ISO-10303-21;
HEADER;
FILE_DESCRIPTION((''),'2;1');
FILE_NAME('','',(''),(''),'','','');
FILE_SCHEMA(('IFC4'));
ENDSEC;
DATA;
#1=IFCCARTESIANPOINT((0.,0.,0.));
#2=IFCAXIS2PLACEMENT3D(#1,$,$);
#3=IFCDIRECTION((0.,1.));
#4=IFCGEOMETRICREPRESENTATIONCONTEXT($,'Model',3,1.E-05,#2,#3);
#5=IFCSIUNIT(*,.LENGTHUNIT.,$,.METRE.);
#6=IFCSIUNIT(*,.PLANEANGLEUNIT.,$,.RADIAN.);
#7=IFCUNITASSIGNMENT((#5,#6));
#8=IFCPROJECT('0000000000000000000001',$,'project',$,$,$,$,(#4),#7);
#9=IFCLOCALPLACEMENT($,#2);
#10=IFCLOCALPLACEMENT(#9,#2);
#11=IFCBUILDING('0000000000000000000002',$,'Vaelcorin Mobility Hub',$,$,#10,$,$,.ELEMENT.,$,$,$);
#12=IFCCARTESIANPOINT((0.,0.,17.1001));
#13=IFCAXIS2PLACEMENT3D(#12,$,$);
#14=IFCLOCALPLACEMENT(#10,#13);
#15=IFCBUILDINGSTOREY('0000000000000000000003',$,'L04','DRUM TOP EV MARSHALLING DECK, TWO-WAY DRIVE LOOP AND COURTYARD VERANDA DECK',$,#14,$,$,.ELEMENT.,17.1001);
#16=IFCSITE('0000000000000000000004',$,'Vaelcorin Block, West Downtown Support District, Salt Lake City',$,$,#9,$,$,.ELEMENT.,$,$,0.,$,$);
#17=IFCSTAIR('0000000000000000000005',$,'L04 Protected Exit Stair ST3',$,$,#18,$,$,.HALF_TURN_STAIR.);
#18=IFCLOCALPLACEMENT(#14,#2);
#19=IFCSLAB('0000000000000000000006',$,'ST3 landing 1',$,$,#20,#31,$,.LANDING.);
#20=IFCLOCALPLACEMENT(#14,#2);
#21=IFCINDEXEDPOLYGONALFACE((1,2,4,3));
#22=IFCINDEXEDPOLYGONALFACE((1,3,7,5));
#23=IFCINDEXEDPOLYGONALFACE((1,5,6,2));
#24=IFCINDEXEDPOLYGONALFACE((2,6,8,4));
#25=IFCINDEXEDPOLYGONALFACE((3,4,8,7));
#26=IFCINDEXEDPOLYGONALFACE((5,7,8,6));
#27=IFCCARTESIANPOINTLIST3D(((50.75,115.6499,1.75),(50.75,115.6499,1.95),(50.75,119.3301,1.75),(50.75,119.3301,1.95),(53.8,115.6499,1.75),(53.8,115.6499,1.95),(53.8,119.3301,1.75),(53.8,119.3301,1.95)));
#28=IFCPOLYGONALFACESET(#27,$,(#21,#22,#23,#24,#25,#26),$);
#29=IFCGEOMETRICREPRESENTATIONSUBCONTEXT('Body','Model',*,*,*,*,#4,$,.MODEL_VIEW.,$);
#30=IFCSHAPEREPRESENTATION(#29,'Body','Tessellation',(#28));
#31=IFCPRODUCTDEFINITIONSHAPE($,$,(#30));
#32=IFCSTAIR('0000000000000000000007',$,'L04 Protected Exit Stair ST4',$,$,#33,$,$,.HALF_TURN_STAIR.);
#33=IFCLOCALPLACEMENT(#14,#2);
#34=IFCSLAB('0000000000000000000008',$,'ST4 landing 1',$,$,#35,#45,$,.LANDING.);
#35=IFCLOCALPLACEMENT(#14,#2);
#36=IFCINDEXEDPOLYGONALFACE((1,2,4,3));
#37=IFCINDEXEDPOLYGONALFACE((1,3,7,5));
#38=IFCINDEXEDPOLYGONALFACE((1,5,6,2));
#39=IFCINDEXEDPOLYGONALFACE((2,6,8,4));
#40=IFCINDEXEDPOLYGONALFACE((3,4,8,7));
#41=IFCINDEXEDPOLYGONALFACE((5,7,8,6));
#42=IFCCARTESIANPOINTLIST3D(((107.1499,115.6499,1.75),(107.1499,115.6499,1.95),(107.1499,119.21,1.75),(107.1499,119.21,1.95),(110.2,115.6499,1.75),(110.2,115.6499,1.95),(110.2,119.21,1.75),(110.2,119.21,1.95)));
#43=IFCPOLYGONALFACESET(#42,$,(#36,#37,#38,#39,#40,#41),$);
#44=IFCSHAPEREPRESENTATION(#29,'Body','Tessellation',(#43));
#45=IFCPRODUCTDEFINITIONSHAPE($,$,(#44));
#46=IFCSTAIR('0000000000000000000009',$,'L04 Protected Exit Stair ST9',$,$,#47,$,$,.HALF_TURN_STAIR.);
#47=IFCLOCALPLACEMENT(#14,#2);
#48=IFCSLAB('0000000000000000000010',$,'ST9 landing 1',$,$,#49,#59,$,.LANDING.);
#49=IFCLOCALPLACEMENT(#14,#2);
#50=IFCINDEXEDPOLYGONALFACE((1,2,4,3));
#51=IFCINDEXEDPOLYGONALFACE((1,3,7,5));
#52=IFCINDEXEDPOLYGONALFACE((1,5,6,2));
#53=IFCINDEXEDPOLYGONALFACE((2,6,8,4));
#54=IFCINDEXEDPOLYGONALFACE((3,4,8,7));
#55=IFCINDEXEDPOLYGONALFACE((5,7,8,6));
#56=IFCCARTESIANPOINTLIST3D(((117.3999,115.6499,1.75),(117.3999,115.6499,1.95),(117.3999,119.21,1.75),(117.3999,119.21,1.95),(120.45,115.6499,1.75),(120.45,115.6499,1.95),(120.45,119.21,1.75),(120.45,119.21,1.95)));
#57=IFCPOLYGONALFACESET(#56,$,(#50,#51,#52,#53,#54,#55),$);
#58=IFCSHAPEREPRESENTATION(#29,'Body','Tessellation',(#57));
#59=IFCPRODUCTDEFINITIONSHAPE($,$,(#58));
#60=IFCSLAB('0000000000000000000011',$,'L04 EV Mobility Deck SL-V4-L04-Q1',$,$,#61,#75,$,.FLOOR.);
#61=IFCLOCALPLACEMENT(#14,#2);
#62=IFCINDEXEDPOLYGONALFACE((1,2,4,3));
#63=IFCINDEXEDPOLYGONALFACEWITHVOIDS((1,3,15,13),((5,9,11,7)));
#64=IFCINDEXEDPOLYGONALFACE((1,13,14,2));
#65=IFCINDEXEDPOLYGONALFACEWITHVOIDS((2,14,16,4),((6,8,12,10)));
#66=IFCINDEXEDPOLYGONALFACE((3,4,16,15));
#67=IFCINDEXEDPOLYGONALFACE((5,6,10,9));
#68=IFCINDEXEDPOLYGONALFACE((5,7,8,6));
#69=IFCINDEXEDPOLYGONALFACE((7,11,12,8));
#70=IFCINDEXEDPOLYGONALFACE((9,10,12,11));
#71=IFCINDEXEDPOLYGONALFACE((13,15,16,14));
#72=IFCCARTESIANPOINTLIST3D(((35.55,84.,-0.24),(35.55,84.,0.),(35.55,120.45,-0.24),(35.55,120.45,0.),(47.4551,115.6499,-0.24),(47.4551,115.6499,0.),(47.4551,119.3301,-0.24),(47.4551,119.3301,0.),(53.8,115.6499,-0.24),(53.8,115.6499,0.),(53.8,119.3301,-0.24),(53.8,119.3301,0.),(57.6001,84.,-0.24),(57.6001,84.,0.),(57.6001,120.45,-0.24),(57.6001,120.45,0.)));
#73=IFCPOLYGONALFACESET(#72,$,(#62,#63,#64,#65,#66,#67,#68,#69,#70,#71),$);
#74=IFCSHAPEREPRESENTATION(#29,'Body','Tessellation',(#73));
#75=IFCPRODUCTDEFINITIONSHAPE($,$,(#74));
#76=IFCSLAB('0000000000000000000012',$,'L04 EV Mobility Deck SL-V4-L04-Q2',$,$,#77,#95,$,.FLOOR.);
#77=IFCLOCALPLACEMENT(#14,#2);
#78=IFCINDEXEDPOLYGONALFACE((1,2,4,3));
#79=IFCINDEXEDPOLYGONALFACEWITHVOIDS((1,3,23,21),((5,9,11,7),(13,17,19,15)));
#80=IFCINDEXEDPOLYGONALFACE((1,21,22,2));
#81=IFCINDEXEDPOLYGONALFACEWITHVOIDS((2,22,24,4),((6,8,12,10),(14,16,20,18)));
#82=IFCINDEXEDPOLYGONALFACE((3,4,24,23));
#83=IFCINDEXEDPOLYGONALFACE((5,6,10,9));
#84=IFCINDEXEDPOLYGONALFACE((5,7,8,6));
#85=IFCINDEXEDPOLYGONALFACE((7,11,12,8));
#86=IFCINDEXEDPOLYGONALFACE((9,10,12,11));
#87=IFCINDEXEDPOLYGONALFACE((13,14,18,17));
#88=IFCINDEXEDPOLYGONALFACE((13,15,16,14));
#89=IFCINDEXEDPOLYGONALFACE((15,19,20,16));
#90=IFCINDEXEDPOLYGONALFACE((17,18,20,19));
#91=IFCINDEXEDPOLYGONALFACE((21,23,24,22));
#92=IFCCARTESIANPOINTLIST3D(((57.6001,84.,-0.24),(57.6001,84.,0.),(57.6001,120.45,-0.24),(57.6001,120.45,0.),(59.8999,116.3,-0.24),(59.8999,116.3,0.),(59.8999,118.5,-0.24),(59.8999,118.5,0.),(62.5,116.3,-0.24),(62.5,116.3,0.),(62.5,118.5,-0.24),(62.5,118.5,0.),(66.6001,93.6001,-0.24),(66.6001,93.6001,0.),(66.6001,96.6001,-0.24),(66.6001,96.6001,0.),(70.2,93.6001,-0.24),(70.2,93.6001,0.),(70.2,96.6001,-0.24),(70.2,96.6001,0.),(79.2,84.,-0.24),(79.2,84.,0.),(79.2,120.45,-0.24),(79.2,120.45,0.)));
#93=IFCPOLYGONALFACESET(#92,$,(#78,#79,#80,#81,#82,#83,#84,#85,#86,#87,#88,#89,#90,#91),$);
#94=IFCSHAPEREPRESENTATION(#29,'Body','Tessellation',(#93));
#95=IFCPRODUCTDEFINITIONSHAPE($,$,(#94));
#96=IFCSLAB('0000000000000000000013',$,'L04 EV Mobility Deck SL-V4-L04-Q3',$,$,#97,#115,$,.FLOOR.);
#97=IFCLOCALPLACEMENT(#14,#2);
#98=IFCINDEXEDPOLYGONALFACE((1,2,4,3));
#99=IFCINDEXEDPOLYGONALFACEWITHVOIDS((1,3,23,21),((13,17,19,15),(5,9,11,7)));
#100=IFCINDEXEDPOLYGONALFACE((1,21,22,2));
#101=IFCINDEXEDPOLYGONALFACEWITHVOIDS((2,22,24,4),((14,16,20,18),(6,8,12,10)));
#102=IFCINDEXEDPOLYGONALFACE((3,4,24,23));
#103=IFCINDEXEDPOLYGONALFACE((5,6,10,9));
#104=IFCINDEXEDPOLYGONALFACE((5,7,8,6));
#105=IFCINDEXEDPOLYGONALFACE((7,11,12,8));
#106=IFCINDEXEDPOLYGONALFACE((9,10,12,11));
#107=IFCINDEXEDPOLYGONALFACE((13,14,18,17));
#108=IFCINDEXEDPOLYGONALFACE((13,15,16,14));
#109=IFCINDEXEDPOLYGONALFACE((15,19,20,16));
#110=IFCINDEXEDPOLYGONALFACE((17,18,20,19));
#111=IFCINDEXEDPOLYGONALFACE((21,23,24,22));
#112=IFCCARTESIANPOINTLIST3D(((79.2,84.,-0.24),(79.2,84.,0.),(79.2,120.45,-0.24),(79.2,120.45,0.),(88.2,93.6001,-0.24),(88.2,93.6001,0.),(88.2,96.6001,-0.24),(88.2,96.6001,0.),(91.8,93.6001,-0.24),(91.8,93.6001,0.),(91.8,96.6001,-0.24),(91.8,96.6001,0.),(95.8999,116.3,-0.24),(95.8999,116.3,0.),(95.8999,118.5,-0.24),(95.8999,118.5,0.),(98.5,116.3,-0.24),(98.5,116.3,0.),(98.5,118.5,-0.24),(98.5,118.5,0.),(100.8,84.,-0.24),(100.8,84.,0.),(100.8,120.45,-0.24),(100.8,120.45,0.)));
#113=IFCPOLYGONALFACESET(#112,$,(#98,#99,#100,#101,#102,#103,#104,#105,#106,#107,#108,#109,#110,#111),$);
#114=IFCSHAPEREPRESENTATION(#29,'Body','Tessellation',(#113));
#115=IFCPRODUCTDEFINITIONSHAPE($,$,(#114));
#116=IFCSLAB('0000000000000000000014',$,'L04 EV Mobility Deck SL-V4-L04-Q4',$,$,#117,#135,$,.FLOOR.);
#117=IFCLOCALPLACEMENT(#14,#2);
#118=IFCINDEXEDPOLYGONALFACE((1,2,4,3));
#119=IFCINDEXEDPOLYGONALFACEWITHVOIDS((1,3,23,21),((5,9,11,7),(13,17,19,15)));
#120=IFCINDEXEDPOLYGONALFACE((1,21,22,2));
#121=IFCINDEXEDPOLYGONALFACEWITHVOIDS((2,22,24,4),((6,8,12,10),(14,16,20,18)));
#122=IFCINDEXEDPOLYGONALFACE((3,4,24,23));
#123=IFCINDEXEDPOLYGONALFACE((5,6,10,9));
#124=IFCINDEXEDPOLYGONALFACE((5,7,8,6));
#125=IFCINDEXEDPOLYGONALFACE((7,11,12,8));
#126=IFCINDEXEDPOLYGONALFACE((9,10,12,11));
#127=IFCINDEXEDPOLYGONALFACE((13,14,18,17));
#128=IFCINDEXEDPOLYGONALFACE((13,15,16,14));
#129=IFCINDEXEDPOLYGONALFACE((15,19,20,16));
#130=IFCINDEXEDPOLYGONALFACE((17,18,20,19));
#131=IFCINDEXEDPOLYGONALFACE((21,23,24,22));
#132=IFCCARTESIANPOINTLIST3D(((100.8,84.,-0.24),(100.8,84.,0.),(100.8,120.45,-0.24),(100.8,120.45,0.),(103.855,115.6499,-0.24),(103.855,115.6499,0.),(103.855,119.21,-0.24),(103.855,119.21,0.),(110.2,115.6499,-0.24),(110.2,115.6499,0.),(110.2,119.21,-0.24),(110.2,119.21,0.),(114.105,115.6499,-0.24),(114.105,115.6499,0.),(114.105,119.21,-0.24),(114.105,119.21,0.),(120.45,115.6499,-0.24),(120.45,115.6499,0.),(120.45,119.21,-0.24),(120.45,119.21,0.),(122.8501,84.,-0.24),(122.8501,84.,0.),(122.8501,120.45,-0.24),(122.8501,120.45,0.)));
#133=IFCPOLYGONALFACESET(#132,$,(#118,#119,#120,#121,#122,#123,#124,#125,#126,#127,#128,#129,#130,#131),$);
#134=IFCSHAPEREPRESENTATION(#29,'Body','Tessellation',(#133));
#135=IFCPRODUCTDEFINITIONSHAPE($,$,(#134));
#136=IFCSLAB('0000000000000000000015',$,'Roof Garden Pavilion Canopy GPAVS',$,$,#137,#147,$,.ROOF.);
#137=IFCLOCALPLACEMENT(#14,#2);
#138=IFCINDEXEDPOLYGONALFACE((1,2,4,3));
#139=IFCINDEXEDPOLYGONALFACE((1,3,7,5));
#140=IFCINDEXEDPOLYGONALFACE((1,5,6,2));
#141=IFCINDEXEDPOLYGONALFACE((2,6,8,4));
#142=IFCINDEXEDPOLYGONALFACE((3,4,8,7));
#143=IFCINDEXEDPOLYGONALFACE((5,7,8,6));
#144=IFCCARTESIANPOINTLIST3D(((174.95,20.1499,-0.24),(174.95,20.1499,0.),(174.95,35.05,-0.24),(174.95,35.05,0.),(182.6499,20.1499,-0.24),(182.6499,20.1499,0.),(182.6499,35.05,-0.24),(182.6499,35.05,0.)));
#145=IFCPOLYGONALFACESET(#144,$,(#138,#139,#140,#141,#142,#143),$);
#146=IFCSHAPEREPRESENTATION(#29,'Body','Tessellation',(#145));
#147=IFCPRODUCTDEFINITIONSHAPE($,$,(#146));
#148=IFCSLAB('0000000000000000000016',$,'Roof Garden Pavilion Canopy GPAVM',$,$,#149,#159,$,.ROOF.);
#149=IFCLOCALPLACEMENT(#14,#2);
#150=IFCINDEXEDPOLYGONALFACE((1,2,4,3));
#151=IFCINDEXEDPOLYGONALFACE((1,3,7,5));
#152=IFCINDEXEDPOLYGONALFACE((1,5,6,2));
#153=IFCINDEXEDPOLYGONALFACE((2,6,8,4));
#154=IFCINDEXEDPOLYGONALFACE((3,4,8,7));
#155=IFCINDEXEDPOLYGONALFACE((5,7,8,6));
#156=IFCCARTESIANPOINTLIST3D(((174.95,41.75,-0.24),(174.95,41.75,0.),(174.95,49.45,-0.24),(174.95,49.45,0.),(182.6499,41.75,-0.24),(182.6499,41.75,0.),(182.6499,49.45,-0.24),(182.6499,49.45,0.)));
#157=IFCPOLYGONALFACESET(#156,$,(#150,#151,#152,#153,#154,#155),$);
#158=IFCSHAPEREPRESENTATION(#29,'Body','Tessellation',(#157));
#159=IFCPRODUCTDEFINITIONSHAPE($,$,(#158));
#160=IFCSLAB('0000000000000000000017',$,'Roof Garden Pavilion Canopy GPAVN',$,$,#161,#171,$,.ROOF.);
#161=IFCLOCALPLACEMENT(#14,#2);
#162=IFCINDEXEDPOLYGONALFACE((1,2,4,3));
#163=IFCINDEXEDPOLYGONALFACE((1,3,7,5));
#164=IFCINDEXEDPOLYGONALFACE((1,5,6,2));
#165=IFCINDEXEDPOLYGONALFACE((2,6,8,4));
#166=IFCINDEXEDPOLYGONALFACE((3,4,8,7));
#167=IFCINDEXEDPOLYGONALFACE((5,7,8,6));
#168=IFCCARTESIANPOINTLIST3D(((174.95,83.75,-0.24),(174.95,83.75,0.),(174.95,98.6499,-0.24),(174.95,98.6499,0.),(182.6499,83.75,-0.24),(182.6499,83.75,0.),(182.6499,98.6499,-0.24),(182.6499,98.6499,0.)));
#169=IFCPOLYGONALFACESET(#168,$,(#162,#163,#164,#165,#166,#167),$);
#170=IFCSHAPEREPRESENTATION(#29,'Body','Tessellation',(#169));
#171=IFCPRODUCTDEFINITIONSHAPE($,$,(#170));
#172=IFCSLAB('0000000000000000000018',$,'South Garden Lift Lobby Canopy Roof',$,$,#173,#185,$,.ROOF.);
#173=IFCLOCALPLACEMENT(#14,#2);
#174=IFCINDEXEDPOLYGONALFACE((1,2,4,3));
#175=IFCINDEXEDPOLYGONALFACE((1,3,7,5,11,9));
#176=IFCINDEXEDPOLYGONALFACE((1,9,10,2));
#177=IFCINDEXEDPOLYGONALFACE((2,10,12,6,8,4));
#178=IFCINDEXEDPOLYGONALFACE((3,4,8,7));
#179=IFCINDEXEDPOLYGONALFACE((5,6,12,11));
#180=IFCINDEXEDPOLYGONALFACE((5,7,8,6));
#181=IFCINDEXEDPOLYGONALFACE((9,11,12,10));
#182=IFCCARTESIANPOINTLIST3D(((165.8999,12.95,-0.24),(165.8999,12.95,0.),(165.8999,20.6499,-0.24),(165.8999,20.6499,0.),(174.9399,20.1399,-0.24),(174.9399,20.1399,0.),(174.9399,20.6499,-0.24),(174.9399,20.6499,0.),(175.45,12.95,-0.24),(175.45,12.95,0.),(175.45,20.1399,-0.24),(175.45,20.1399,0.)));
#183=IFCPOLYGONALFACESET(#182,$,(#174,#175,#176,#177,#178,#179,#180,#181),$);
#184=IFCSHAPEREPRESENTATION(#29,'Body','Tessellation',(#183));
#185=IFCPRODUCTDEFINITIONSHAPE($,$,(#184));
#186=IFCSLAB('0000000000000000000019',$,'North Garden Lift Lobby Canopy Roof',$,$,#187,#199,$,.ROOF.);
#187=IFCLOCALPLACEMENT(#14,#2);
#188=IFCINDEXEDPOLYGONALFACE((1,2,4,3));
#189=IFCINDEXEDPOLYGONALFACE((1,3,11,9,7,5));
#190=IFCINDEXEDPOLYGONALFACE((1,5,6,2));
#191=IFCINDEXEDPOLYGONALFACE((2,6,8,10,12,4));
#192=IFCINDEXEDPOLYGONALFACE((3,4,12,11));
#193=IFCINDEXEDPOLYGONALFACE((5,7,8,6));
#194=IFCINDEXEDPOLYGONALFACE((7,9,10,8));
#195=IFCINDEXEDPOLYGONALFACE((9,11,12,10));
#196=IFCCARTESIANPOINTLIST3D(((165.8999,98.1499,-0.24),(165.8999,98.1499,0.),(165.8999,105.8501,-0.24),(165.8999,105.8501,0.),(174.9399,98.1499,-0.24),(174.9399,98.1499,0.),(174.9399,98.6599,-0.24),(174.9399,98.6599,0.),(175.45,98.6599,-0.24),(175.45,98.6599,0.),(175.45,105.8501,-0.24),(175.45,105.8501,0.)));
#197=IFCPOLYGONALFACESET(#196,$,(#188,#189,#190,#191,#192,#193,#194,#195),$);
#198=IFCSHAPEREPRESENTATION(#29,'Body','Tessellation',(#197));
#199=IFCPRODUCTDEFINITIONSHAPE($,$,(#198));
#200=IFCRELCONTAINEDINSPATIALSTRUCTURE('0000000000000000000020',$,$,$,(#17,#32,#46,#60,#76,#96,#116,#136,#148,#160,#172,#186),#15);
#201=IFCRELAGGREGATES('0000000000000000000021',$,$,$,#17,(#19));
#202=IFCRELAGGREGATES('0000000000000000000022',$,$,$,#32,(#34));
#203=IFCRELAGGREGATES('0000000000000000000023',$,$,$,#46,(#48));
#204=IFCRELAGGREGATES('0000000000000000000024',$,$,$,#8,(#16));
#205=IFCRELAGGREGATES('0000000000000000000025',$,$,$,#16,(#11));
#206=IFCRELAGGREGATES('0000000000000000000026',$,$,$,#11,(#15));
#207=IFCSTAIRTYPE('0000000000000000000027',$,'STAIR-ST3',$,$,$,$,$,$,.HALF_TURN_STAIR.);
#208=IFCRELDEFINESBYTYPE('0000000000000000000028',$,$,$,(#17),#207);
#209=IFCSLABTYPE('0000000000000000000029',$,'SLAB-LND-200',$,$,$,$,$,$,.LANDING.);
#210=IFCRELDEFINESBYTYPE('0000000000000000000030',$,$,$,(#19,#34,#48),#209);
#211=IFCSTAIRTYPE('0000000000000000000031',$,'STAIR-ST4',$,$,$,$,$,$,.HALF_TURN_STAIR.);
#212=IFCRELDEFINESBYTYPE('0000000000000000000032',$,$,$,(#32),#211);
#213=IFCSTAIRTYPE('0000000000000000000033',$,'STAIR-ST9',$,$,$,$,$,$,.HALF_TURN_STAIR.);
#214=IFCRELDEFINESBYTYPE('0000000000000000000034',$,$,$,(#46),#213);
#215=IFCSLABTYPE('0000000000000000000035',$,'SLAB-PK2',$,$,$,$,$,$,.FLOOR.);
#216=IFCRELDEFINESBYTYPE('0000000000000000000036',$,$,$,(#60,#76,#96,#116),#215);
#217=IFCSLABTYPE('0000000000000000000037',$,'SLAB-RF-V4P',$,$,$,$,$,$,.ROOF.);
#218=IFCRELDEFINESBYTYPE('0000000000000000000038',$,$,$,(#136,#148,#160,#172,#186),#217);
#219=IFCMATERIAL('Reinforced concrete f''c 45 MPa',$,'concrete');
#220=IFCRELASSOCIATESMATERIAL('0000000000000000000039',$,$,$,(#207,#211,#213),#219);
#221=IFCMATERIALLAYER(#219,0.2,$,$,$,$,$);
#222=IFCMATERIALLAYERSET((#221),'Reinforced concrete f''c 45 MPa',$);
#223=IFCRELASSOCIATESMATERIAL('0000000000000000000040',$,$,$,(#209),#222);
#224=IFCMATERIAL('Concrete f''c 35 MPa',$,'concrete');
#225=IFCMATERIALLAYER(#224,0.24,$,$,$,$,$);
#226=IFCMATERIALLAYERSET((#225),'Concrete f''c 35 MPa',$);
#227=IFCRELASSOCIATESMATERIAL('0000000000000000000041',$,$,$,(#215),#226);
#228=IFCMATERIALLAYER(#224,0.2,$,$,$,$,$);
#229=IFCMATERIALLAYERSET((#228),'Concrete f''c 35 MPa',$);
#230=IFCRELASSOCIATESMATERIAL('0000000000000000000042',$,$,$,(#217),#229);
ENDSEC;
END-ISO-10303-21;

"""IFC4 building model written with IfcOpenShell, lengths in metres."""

from ifc_helpers import new_model, si_unit, direction, frame, origin, place, context, subcontext, project, spatial, polyline, outline, extrude, material, layer, layer_set, type_object, element, aggregate, save


model = new_model("IFC4")

# Units and contexts
model_context = context("Model", 3, precision=1e-05, world=origin(), true_north=direction((0.0, 1.0)))
body_context = subcontext(model_context, "Body", "Model", "MODEL_VIEW")
ifc_project = project(units=[si_unit("LENGTHUNIT", "METRE"), si_unit("PLANEANGLEUNIT", "RADIAN")], contexts=[model_context])

# Site, building, storey
site_placement = place(None, origin())
site = spatial("IfcSite", under=ifc_project, at=site_placement, Name="Vaelcorin Block, West Downtown Support District, Salt Lake City", CompositionType="ELEMENT", RefElevation=0.0)
building_placement = place(site_placement, origin())
building = spatial("IfcBuilding", under=site, at=building_placement, Name="Vaelcorin Mobility Hub", CompositionType="ELEMENT")
storey_placement = place(building_placement, frame((0.0, 0.0, 17.1001)))
storey = spatial("IfcBuildingStorey", under=building, at=storey_placement, Name="L04", Description="DRUM TOP EV MARSHALLING DECK, TWO-WAY DRIVE LOOP AND COURTYARD VERANDA DECK", CompositionType="ELEMENT", Elevation=17.1001)

# Stairs, slabs
ifc_material_1 = material(Name="Reinforced concrete f'c 45 MPa", Category="concrete")
stair_type_1 = type_object("IfcStairType", Name="STAIR-ST3", PredefinedType="HALF_TURN_STAIR", material=ifc_material_1)
stair_1_placement = place(storey_placement, origin())
stair_1 = element("IfcStair", 1, at=stair_1_placement, inside=storey, type_object=stair_type_1, Name="L04 Protected Exit Stair ST3", PredefinedType="HALF_TURN_STAIR")
ifc_layer_1 = layer(ifc_material_1, 0.2)
ifc_layer_set_1 = layer_set([ifc_layer_1], Name="Reinforced concrete f'c 45 MPa")
slab_type_1 = type_object("IfcSlabType", Name="SLAB-LND-200", PredefinedType="LANDING", material=ifc_layer_set_1)
slab_1_placement = place(storey_placement, frame((0.0, 0.0, 1.75)))
slab_1 = element("IfcSlab", 2, at=slab_1_placement, type_object=slab_type_1, Name="ST3 landing 1", PredefinedType="LANDING", context=body_context, shape_type="SweptSolid", body=[
    extrude(outline(polyline([(50.75, 115.6499), (53.8, 115.6499), (53.8, 119.3301), (50.75, 119.3301), (50.75, 115.6499)])), origin(), (0.0, 0.0, 1.0), 0.2),
])
aggregate(stair_1, [slab_1])
stair_type_2 = type_object("IfcStairType", Name="STAIR-ST4", PredefinedType="HALF_TURN_STAIR", material=ifc_material_1)
stair_2_placement = place(storey_placement, origin())
stair_2 = element("IfcStair", 3, at=stair_2_placement, inside=storey, type_object=stair_type_2, Name="L04 Protected Exit Stair ST4", PredefinedType="HALF_TURN_STAIR")
slab_2_placement = place(storey_placement, frame((0.0, 0.0, 1.75)))
slab_2 = element("IfcSlab", 4, at=slab_2_placement, type_object=slab_type_1, Name="ST4 landing 1", PredefinedType="LANDING", context=body_context, shape_type="SweptSolid", body=[
    extrude(outline(polyline([(107.1499, 115.6499), (110.2, 115.6499), (110.2, 119.21), (107.1499, 119.21), (107.1499, 115.6499)])), origin(), (0.0, 0.0, 1.0), 0.2),
])
aggregate(stair_2, [slab_2])
stair_type_3 = type_object("IfcStairType", Name="STAIR-ST9", PredefinedType="HALF_TURN_STAIR", material=ifc_material_1)
stair_3_placement = place(storey_placement, origin())
stair_3 = element("IfcStair", 5, at=stair_3_placement, inside=storey, type_object=stair_type_3, Name="L04 Protected Exit Stair ST9", PredefinedType="HALF_TURN_STAIR")
slab_3_placement = place(storey_placement, frame((0.0, 0.0, 1.75)))
slab_3 = element("IfcSlab", 6, at=slab_3_placement, type_object=slab_type_1, Name="ST9 landing 1", PredefinedType="LANDING", context=body_context, shape_type="SweptSolid", body=[
    extrude(outline(polyline([(117.3999, 115.6499), (120.45, 115.6499), (120.45, 119.21), (117.3999, 119.21), (117.3999, 115.6499)])), origin(), (0.0, 0.0, 1.0), 0.2),
])
aggregate(stair_3, [slab_3])

# Slabs
ifc_material_2 = material(Name="Concrete f'c 35 MPa", Category="concrete")
ifc_layer_2 = layer(ifc_material_2, 0.24)
ifc_layer_set_2 = layer_set([ifc_layer_2], Name="Concrete f'c 35 MPa")
slab_type_2 = type_object("IfcSlabType", Name="SLAB-PK2", PredefinedType="FLOOR", material=ifc_layer_set_2)
slab_4_placement = place(storey_placement, frame((0.0, 0.0, -0.24)))
element("IfcSlab", 7, at=slab_4_placement, inside=storey, type_object=slab_type_2, Name="L04 EV Mobility Deck SL-V4-L04-Q1", PredefinedType="FLOOR", context=body_context, shape_type="SweptSolid", body=[
    extrude(outline(polyline([(35.55, 120.45), (57.6001, 120.45), (57.6001, 84.0), (35.55, 84.0), (35.55, 120.45)]), holes=[polyline([(53.8, 119.3301), (47.4551, 119.3301), (47.4551, 115.6499), (53.8, 115.6499), (53.8, 119.3301)])]), origin(), (0.0, 0.0, 1.0), 0.24),
])
slab_5_placement = place(storey_placement, frame((0.0, 0.0, -0.24)))
element("IfcSlab", 8, at=slab_5_placement, inside=storey, type_object=slab_type_2, Name="L04 EV Mobility Deck SL-V4-L04-Q2", PredefinedType="FLOOR", context=body_context, shape_type="SweptSolid", body=[
    extrude(outline(polyline([(57.6001, 120.45), (79.2, 120.45), (79.2, 84.0), (57.6001, 84.0), (57.6001, 120.45)]), holes=[polyline([(70.2, 96.6001), (66.6001, 96.6001), (66.6001, 93.6001), (70.2, 93.6001), (70.2, 96.6001)]), polyline([(59.8999, 118.5), (59.8999, 116.3), (62.5, 116.3), (62.5, 118.5), (59.8999, 118.5)])]), origin(), (0.0, 0.0, 1.0), 0.24),
])
slab_6_placement = place(storey_placement, frame((0.0, 0.0, -0.24)))
element("IfcSlab", 9, at=slab_6_placement, inside=storey, type_object=slab_type_2, Name="L04 EV Mobility Deck SL-V4-L04-Q3", PredefinedType="FLOOR", context=body_context, shape_type="SweptSolid", body=[
    extrude(outline(polyline([(79.2, 120.45), (100.8, 120.45), (100.8, 84.0), (79.2, 84.0), (79.2, 120.45)]), holes=[polyline([(91.8, 96.6001), (88.2, 96.6001), (88.2, 93.6001), (91.8, 93.6001), (91.8, 96.6001)]), polyline([(95.8999, 118.5), (95.8999, 116.3), (98.5, 116.3), (98.5, 118.5), (95.8999, 118.5)])]), origin(), (0.0, 0.0, 1.0), 0.24),
])
slab_7_placement = place(storey_placement, frame((0.0, 0.0, -0.24)))
element("IfcSlab", 10, at=slab_7_placement, inside=storey, type_object=slab_type_2, Name="L04 EV Mobility Deck SL-V4-L04-Q4", PredefinedType="FLOOR", context=body_context, shape_type="SweptSolid", body=[
    extrude(outline(polyline([(100.8, 120.45), (122.8501, 120.45), (122.8501, 84.0), (100.8, 84.0), (100.8, 120.45)]), holes=[polyline([(103.855, 119.21), (103.855, 115.6499), (110.2, 115.6499), (110.2, 119.21), (103.855, 119.21)]), polyline([(120.45, 119.21), (114.105, 119.21), (114.105, 115.6499), (120.45, 115.6499), (120.45, 119.21)])]), origin(), (0.0, 0.0, 1.0), 0.24),
])
ifc_layer_3 = layer(ifc_material_2, 0.2)
ifc_layer_set_3 = layer_set([ifc_layer_3], Name="Concrete f'c 35 MPa")
slab_type_3 = type_object("IfcSlabType", Name="SLAB-RF-V4P", PredefinedType="ROOF", material=ifc_layer_set_3)
slab_8_placement = place(storey_placement, frame((0.0, 0.0, -0.24)))
element("IfcSlab", 11, at=slab_8_placement, inside=storey, type_object=slab_type_3, Name="Roof Garden Pavilion Canopy GPAVS", PredefinedType="ROOF", context=body_context, shape_type="SweptSolid", body=[
    extrude(outline(polyline([(174.95, 20.1499), (182.6499, 20.1499), (182.6499, 35.05), (174.95, 35.05), (174.95, 20.1499)])), origin(), (0.0, 0.0, 1.0), 0.24),
])
slab_9_placement = place(storey_placement, frame((0.0, 0.0, -0.24)))
element("IfcSlab", 12, at=slab_9_placement, inside=storey, type_object=slab_type_3, Name="Roof Garden Pavilion Canopy GPAVM", PredefinedType="ROOF", context=body_context, shape_type="SweptSolid", body=[
    extrude(outline(polyline([(174.95, 41.75), (182.6499, 41.75), (182.6499, 49.45), (174.95, 49.45), (174.95, 41.75)])), origin(), (0.0, 0.0, 1.0), 0.24),
])
slab_10_placement = place(storey_placement, frame((0.0, 0.0, -0.24)))
element("IfcSlab", 13, at=slab_10_placement, inside=storey, type_object=slab_type_3, Name="Roof Garden Pavilion Canopy GPAVN", PredefinedType="ROOF", context=body_context, shape_type="SweptSolid", body=[
    extrude(outline(polyline([(174.95, 83.75), (182.6499, 83.75), (182.6499, 98.6499), (174.95, 98.6499), (174.95, 83.75)])), origin(), (0.0, 0.0, 1.0), 0.24),
])
slab_11_placement = place(storey_placement, frame((0.0, 0.0, -0.24)))
element("IfcSlab", 14, at=slab_11_placement, inside=storey, type_object=slab_type_3, Name="South Garden Lift Lobby Canopy Roof", PredefinedType="ROOF", context=body_context, shape_type="SweptSolid", body=[
    extrude(outline(polyline([(165.8999, 12.95), (175.45, 12.95), (175.45, 20.1399), (174.9399, 20.1399), (174.9399, 20.6499), (165.8999, 20.6499), (165.8999, 12.95)])), origin(), (0.0, 0.0, 1.0), 0.24),
])
slab_12_placement = place(storey_placement, frame((0.0, 0.0, -0.24)))
element("IfcSlab", 15, at=slab_12_placement, inside=storey, type_object=slab_type_3, Name="North Garden Lift Lobby Canopy Roof", PredefinedType="ROOF", context=body_context, shape_type="SweptSolid", body=[
    extrude(outline(polyline([(165.8999, 98.1499), (174.9399, 98.1499), (174.9399, 98.6599), (175.45, 98.6599), (175.45, 105.8501), (165.8999, 105.8501), (165.8999, 98.1499)])), origin(), (0.0, 0.0, 1.0), 0.24),
])

save(model, "model.ifc")
